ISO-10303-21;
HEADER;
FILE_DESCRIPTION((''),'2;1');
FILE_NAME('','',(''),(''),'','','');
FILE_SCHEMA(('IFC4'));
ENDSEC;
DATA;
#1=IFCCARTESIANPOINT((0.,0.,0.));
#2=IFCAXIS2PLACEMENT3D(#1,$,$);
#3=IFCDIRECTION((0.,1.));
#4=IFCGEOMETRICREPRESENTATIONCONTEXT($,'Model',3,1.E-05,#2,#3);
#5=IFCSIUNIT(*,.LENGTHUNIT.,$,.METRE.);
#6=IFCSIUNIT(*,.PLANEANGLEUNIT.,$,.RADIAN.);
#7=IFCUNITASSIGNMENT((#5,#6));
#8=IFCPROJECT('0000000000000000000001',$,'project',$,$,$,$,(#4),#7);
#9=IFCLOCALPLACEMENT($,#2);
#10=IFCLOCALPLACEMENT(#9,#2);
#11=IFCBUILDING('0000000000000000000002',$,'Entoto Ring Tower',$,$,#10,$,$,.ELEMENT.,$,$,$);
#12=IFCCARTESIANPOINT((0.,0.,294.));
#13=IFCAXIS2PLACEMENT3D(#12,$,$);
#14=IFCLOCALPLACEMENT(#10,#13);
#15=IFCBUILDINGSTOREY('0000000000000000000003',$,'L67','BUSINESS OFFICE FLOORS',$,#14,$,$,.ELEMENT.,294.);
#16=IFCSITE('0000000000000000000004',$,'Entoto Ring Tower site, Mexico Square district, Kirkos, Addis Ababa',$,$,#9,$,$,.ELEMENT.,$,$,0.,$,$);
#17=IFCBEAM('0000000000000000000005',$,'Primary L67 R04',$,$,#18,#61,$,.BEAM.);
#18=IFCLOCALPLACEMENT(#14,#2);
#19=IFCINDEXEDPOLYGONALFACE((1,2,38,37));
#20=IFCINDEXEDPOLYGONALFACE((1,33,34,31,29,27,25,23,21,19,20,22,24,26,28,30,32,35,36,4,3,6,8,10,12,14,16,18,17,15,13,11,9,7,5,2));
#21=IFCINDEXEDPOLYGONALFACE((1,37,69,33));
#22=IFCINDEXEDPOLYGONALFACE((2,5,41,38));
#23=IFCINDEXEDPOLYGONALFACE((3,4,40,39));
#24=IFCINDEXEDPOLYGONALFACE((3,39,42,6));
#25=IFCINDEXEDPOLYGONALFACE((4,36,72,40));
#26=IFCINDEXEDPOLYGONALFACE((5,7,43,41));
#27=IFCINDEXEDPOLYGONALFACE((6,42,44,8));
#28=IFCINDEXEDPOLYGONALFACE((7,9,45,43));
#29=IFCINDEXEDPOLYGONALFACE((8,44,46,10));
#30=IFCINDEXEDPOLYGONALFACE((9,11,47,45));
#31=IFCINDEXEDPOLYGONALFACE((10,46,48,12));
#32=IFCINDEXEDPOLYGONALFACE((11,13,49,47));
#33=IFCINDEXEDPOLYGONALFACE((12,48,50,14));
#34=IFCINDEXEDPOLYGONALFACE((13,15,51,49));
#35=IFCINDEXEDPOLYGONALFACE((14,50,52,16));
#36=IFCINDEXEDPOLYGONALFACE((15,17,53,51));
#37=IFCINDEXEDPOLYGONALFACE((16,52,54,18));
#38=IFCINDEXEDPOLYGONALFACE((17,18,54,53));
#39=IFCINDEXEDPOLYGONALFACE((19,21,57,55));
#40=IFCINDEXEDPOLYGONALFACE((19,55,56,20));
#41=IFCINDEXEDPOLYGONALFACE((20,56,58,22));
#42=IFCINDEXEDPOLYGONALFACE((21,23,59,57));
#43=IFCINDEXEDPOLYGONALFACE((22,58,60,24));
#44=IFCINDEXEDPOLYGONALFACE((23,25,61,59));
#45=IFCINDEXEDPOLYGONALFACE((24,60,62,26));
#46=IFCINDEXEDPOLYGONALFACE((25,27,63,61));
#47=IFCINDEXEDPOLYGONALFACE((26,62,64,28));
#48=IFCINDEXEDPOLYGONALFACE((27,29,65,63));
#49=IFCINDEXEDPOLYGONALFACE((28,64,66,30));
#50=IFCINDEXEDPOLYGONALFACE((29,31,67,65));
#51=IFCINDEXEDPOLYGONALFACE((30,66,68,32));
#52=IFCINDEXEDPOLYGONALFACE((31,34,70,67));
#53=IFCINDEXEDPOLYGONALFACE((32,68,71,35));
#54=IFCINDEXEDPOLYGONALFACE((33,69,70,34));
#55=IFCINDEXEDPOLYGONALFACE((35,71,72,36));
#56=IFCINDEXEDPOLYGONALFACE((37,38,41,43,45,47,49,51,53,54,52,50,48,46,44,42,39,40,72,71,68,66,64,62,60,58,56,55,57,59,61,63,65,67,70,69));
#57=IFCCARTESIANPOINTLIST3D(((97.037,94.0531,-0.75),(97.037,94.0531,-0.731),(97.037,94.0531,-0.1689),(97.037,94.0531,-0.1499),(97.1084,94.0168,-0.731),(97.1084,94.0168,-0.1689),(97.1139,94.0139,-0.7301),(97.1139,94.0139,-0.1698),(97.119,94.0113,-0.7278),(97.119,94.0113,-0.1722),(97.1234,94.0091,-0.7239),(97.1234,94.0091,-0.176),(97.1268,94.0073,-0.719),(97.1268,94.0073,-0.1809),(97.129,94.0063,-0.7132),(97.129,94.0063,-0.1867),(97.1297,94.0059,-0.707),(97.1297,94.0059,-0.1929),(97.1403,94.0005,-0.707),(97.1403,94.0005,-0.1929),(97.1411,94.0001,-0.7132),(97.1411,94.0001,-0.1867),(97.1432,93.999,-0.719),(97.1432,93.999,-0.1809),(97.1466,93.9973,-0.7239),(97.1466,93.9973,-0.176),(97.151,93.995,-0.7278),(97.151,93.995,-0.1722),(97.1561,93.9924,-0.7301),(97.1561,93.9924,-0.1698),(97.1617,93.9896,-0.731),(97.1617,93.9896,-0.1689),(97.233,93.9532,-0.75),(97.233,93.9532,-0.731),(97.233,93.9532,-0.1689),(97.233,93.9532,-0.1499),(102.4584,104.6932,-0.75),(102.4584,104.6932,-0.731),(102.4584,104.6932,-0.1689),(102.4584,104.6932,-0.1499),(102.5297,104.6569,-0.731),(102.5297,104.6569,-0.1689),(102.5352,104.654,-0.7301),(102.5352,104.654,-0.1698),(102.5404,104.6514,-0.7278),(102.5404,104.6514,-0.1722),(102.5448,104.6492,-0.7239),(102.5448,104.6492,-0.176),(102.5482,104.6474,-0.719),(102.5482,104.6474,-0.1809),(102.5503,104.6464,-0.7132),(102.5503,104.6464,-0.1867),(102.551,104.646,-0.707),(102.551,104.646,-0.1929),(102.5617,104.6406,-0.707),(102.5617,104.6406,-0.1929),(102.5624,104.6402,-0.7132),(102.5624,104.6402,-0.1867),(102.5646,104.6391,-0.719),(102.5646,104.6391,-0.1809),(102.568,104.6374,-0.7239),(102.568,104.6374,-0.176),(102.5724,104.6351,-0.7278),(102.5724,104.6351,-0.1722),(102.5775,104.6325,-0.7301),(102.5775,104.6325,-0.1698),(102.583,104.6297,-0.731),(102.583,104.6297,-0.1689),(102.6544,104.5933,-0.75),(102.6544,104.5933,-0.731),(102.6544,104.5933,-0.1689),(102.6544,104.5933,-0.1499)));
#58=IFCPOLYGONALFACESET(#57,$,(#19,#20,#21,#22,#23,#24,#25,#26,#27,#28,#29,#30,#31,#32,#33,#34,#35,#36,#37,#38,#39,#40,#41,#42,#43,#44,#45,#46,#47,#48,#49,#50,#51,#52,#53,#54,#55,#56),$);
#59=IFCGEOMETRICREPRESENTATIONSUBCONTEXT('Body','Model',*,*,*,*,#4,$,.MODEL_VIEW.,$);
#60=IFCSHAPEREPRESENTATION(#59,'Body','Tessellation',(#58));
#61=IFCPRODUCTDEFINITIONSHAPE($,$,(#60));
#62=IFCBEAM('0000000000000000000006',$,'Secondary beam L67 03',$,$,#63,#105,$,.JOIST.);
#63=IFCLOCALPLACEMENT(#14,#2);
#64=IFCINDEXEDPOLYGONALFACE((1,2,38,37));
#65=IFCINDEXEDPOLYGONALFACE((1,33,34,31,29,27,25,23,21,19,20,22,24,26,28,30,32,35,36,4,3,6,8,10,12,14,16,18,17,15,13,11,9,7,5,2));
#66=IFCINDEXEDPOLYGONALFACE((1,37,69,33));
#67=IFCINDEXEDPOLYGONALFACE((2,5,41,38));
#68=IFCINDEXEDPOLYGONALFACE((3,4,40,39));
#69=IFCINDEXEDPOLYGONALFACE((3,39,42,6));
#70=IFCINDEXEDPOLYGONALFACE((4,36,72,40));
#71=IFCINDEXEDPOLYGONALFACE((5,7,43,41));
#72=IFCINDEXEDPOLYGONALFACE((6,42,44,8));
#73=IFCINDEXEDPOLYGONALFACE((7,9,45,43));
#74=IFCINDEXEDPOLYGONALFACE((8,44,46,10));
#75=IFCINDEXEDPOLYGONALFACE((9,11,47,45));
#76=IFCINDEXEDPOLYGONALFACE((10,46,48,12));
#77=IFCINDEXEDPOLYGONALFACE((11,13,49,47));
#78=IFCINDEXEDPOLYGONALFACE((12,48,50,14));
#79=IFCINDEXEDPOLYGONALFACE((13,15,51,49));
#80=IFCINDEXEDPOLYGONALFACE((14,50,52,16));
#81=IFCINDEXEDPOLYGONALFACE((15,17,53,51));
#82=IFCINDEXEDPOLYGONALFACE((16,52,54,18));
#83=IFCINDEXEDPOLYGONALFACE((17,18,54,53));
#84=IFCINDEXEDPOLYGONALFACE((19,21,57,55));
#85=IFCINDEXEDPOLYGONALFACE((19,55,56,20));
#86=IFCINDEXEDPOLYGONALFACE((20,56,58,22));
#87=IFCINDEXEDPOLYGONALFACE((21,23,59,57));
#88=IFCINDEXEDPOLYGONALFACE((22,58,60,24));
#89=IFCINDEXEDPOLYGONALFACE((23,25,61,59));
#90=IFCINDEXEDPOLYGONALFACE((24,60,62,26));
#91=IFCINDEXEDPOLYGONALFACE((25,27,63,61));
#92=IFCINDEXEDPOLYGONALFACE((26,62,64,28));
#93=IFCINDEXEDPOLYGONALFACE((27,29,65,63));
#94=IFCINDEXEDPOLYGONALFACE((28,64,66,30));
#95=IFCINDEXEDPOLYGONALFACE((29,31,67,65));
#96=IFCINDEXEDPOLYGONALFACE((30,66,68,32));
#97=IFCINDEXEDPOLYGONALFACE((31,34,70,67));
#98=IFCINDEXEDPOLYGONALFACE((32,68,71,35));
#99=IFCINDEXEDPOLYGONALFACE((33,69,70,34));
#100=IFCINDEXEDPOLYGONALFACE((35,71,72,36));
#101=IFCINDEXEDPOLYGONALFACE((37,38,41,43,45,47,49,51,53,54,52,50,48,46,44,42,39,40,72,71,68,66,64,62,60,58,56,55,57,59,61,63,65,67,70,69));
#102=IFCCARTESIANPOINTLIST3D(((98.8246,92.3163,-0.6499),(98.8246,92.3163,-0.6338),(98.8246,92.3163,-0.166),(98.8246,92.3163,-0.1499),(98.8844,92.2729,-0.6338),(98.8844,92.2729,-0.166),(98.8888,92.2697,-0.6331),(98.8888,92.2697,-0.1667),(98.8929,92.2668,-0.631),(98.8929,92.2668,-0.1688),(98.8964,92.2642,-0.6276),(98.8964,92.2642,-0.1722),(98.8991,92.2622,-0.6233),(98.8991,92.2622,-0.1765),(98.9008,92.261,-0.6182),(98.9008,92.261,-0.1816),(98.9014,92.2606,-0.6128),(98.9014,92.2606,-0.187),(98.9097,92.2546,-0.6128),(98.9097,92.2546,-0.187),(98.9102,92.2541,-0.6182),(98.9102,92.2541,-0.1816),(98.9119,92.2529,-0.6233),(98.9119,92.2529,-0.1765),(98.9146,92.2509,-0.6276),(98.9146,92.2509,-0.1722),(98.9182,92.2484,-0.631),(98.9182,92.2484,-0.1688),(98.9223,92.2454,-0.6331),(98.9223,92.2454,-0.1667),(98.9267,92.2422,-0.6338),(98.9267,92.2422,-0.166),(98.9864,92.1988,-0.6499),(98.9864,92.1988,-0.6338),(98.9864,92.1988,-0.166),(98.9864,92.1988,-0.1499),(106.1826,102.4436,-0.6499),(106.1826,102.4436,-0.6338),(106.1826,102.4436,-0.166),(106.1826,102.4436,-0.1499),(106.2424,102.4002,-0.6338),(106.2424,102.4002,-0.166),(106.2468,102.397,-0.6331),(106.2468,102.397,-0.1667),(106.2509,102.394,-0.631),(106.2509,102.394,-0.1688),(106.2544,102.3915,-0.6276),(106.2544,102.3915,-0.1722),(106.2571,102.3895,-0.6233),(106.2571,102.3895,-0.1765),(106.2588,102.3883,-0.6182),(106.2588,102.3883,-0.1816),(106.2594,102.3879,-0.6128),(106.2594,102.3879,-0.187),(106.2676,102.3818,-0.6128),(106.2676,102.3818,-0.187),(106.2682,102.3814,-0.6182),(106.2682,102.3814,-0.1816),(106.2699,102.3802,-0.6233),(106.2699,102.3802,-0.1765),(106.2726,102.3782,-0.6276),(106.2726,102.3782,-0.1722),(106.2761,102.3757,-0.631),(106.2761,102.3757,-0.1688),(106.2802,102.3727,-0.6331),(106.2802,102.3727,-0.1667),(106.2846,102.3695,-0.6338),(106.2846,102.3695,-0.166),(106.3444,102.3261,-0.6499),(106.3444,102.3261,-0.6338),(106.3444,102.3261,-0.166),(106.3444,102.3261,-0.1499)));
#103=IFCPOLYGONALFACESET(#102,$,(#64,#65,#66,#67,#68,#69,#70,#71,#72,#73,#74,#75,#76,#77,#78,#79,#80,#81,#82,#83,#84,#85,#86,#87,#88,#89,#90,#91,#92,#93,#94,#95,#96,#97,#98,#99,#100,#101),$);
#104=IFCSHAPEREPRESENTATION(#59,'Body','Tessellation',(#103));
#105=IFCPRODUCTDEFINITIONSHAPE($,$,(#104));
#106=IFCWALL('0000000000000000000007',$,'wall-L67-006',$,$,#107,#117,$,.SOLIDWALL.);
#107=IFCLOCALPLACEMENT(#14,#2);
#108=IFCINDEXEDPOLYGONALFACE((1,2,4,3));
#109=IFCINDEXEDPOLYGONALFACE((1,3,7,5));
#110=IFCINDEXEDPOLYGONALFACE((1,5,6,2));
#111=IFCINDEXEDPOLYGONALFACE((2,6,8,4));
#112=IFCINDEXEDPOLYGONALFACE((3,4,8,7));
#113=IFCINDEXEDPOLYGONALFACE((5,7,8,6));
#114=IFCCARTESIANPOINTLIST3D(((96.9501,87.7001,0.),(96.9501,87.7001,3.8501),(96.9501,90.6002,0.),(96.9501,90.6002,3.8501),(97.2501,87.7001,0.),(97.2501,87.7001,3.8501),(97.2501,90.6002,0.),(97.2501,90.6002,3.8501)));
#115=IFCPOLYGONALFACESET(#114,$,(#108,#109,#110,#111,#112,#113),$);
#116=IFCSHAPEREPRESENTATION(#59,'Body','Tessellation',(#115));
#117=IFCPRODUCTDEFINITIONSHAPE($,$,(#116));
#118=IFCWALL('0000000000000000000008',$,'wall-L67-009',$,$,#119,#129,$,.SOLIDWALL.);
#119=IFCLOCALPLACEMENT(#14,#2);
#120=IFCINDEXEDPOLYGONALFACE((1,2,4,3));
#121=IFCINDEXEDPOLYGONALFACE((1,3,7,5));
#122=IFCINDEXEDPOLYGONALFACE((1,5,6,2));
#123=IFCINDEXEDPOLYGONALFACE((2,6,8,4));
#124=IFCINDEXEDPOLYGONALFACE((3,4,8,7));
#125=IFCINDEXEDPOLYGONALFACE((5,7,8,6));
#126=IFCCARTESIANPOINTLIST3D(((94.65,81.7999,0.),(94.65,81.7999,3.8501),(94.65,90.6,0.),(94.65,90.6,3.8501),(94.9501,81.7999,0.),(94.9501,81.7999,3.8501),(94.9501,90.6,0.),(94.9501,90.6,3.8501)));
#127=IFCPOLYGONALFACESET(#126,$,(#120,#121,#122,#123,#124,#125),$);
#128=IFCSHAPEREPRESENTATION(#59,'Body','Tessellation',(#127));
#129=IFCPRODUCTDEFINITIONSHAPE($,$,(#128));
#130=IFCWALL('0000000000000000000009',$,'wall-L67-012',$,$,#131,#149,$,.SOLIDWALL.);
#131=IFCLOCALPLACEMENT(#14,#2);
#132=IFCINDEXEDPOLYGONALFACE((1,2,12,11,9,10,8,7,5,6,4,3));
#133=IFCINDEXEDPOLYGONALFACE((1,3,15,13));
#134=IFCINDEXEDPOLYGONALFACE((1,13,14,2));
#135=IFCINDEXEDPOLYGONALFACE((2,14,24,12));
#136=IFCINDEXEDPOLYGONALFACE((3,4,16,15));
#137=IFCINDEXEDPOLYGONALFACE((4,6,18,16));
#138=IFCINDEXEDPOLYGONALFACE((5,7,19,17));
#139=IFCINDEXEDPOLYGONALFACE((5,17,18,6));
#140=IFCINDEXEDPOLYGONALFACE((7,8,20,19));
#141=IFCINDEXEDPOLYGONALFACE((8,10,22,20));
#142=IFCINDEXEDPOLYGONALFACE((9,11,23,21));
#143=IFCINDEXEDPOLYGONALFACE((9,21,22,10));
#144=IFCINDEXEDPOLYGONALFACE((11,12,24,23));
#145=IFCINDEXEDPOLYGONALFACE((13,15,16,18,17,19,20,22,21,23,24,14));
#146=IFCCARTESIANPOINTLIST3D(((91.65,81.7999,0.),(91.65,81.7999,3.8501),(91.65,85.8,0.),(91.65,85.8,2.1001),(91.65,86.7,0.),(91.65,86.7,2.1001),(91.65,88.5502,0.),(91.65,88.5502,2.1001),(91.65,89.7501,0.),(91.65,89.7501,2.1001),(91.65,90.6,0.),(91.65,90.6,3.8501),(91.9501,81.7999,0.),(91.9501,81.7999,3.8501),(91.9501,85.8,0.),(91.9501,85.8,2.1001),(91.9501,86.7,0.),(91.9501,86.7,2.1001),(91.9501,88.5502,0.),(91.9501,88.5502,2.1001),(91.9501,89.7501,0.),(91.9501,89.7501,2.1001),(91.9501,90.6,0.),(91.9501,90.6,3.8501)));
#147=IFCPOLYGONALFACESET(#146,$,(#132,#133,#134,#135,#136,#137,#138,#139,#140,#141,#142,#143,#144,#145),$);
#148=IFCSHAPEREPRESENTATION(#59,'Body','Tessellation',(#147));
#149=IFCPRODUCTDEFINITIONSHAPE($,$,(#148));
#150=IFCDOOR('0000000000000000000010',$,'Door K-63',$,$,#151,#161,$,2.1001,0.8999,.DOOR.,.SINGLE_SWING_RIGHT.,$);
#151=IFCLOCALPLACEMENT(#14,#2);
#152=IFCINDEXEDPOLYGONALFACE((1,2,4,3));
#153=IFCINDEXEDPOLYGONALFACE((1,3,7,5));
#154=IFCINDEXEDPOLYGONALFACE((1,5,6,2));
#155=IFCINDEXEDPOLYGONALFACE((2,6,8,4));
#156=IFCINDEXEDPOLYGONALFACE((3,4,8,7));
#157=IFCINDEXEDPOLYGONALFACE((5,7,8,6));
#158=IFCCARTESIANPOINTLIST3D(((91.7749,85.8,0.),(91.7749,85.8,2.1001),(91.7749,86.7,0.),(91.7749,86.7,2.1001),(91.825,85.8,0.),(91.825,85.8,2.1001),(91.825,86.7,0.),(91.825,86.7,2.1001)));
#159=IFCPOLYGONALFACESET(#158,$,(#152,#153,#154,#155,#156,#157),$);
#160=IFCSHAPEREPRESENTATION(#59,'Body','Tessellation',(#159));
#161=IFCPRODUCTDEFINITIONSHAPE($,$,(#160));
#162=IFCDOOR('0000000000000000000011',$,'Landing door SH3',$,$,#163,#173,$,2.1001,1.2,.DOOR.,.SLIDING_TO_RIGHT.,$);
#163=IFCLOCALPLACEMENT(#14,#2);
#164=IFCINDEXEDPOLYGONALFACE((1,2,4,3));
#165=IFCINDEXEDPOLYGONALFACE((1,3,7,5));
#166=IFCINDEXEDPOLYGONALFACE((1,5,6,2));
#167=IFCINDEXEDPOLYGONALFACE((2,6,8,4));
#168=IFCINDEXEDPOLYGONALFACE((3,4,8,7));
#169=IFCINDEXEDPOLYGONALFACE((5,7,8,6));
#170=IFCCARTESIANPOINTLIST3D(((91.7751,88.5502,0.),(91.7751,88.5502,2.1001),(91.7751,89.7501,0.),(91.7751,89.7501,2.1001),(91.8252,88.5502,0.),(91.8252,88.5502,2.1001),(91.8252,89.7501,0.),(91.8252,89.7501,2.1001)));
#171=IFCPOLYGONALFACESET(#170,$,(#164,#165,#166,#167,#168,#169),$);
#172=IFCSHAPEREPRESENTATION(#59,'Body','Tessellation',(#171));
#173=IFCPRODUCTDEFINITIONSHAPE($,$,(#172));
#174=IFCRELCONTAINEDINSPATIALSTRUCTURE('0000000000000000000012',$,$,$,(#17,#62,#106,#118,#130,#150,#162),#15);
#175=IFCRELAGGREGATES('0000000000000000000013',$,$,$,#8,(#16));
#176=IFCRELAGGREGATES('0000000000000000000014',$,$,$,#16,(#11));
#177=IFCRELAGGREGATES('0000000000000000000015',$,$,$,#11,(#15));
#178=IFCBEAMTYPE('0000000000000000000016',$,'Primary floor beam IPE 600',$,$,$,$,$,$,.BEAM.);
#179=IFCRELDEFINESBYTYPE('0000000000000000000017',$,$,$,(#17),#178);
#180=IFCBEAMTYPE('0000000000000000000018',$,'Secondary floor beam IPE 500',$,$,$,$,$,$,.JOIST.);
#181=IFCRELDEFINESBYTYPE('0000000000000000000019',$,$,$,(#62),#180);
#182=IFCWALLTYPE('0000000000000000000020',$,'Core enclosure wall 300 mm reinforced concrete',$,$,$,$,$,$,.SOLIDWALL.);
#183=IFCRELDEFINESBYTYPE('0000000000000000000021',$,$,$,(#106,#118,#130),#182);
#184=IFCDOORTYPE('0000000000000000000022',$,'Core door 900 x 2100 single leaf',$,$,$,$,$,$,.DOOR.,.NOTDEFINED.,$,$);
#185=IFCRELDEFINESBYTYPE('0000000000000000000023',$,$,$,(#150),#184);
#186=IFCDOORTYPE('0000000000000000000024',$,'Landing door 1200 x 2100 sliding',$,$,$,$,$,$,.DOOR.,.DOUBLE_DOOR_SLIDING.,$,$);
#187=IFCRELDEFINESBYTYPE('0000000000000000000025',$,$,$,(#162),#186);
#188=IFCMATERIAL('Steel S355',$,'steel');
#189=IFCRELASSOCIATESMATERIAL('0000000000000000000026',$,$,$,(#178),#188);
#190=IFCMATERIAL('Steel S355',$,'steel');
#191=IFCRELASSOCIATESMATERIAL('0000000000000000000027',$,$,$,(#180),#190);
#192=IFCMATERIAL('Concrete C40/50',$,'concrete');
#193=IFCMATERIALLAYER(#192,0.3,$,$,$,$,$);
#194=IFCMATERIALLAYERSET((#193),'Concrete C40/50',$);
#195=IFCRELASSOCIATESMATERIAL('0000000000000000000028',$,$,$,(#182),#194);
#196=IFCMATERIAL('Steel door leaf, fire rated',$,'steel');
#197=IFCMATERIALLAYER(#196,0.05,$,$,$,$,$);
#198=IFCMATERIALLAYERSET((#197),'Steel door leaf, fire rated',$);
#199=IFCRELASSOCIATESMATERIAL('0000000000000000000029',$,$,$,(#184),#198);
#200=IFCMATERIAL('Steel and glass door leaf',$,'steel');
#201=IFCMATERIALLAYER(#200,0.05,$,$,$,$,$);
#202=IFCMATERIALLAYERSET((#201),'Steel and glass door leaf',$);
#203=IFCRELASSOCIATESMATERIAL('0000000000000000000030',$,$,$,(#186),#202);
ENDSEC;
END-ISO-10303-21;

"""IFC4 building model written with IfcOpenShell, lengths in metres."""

from ifc_helpers import new_model, si_unit, direction, frame, frame_2d, origin, origin_2d, place, context, subcontext, project, spatial, rectangle, i_section, extrude, material, layer, layer_set, material_profile, profile_set, type_object, element, fill, save


model = new_model("IFC4")

# Units and contexts
model_context = context("Model", 3, precision=1e-05, world=origin(), true_north=direction((0.0, 1.0)))
body_context = subcontext(model_context, "Body", "Model", "MODEL_VIEW")
ifc_project = project(units=[si_unit("LENGTHUNIT", "METRE"), si_unit("PLANEANGLEUNIT", "RADIAN")], contexts=[model_context])

# Site, building, storey
site_placement = place(None, origin())
site = spatial("IfcSite", under=ifc_project, at=site_placement, Name="Entoto Ring Tower site, Mexico Square district, Kirkos, Addis Ababa", CompositionType="ELEMENT", RefElevation=0.0)
building_placement = place(site_placement, origin())
building = spatial("IfcBuilding", under=site, at=building_placement, Name="Entoto Ring Tower", CompositionType="ELEMENT")
storey_placement = place(building_placement, frame((0.0, 0.0, 294.0)))
storey = spatial("IfcBuildingStorey", under=building, at=storey_placement, Name="L67", Description="BUSINESS OFFICE FLOORS", CompositionType="ELEMENT", Elevation=294.0)

# Beams
ifc_material_1 = material(Name="Steel S355", Category="steel")
ifc_material_profile_1 = material_profile(ifc_material_1, i_section(OverallWidth=0.22, OverallDepth=0.6001, WebThickness=0.012, FlangeThickness=0.019, FilletRadius=0.0239, at=origin_2d()), Name="IPE 600")
ifc_profile_set_1 = profile_set([ifc_material_profile_1], Name="Steel S355")
beam_type_1 = type_object("IfcBeamType", Name="Primary floor beam IPE 600", PredefinedType="BEAM", material=ifc_profile_set_1)
beam_1_placement = place(storey_placement, frame((97.135, 94.0032, -0.45), z_axis=(0.453988, 0.891008, 0.0), x_axis=(-0.891008, 0.453988, 0.0)))
element("IfcBeam", 1, at=beam_1_placement, inside=storey, type_object=beam_type_1, Name="Primary L67 R04", PredefinedType="BEAM", context=body_context, shape_type="SweptSolid", body=[
    extrude(i_section(OverallWidth=0.22, OverallDepth=0.6001, WebThickness=0.012, FlangeThickness=0.019, FilletRadius=0.0239, at=origin_2d()), origin(), (0.0, 0.0, 1.0), 11.9417),
])
ifc_material_2 = material(Name="Steel S355", Category="steel")
ifc_material_profile_2 = material_profile(ifc_material_2, i_section(OverallWidth=0.2, OverallDepth=0.5, WebThickness=0.0103, FlangeThickness=0.0161, FilletRadius=0.021, at=origin_2d()), Name="IPE 500")
ifc_profile_set_2 = profile_set([ifc_material_profile_2], Name="Steel S355")
beam_type_2 = type_object("IfcBeamType", Name="Secondary floor beam IPE 500", PredefinedType="JOIST", material=ifc_profile_set_2)
beam_2_placement = place(storey_placement, frame((98.9055, 92.2576, -0.3999), z_axis=(0.587789, 0.809014, 0.0), x_axis=(-0.809014, 0.587789, 0.0)))
element("IfcBeam", 2, at=beam_2_placement, inside=storey, type_object=beam_type_2, Name="Secondary beam L67 03", PredefinedType="JOIST", context=body_context, shape_type="SweptSolid", body=[
    extrude(i_section(OverallWidth=0.2, OverallDepth=0.5, WebThickness=0.0103, FlangeThickness=0.0161, FilletRadius=0.021, at=origin_2d()), origin(), (0.0, 0.0, 1.0), 12.5181),
])

# Walls
ifc_material_3 = material(Name="Concrete C40/50", Category="concrete")
ifc_layer_1 = layer(ifc_material_3, 0.3)
ifc_layer_set_1 = layer_set([ifc_layer_1], Name="Concrete C40/50")
wall_type_1 = type_object("IfcWallType", Name="Core enclosure wall 300 mm reinforced concrete", PredefinedType="SOLIDWALL", material=ifc_layer_set_1)
wall_1_placement = place(storey_placement, frame((97.1001, 87.7, 0.0), z_axis=(0.0, 0.0, 1.0), x_axis=(0.0, 1.0, 0.0)))
element("IfcWall", 3, at=wall_1_placement, inside=storey, type_object=wall_type_1, Name="wall-L67-006", PredefinedType="SOLIDWALL", context=body_context, shape_type="SweptSolid", body=[
    extrude(rectangle(XDim=2.9001, YDim=0.3, at=frame_2d((1.4502, 0.0))), origin(), (0.0, 0.0, 1.0), 3.8501),
])
wall_2_placement = place(storey_placement, frame((94.8, 81.8, 0.0), z_axis=(0.0, 0.0, 1.0), x_axis=(0.0, 1.0, 0.0)))
element("IfcWall", 4, at=wall_2_placement, inside=storey, type_object=wall_type_1, Name="wall-L67-009", PredefinedType="SOLIDWALL", context=body_context, shape_type="SweptSolid", body=[
    extrude(rectangle(XDim=8.8, YDim=0.3, at=frame_2d((4.3999, 0.0))), origin(), (0.0, 0.0, 1.0), 3.8501),
])

# Wall, openings, doors
wall_3_placement = place(storey_placement, frame((91.8, 81.8, 0.0), z_axis=(0.0, 0.0, 1.0), x_axis=(0.0, 1.0, 0.0)))
wall_3 = element("IfcWall", 5, at=wall_3_placement, inside=storey, type_object=wall_type_1, Name="wall-L67-012", PredefinedType="SOLIDWALL", context=body_context, shape_type="SweptSolid", body=[
    extrude(rectangle(XDim=8.8, YDim=0.3, at=frame_2d((4.3999, 0.0))), origin(), (0.0, 0.0, 1.0), 3.8501),
])
opening_1_placement = place(wall_3_placement, frame((6.75, 0.0, 0.0)))
opening_1 = element("IfcOpeningElement", 6, at=opening_1_placement, cuts=wall_3, PredefinedType="OPENING", context=body_context, shape_type="SweptSolid", body=[
    extrude(rectangle(XDim=1.2, YDim=2.1001, at=frame_2d((0.6001, 1.05))), frame((0.0, 0.1602, 0.0), z_axis=(0.0, -1.0, 0.0), x_axis=(1.0, 0.0, 0.0)), (0.0, 0.0, 1.0), 0.3201),
])
opening_2_placement = place(wall_3_placement, frame((4.0, 0.0, 0.0)))
opening_2 = element("IfcOpeningElement", 7, at=opening_2_placement, cuts=wall_3, PredefinedType="OPENING", context=body_context, shape_type="SweptSolid", body=[
    extrude(rectangle(XDim=0.8999, YDim=2.1001, at=frame_2d((0.45, 1.05))), frame((0.0, 0.1602, 0.0), z_axis=(0.0, -1.0, 0.0), x_axis=(1.0, 0.0, 0.0)), (0.0, 0.0, 1.0), 0.3201),
])
ifc_material_4 = material(Name="Steel door leaf, fire rated", Category="steel")
ifc_layer_2 = layer(ifc_material_4, 0.05)
ifc_layer_set_2 = layer_set([ifc_layer_2], Name="Steel door leaf, fire rated")
door_type_1 = type_object("IfcDoorType", Name="Core door 900 x 2100 single leaf", OperationType="NOTDEFINED", PredefinedType="DOOR", material=ifc_layer_set_2)
door_1_placement = place(opening_2_placement, frame((0.8999, 0.0, 0.0), z_axis=(0.0, 0.0, 1.0), x_axis=(-1.0, 0.0, 0.0)))
door_1 = element("IfcDoor", 8, at=door_1_placement, inside=storey, type_object=door_type_1, Name="Door K-63", OperationType="SINGLE_SWING_RIGHT", OverallHeight=2.1001, OverallWidth=0.8999, PredefinedType="DOOR", context=body_context, shape_type="SweptSolid", body=[
    extrude(rectangle(XDim=0.8999, YDim=2.1001, at=frame_2d((0.45, 1.05))), frame((0.0, 0.0249, 0.0), z_axis=(0.0, -1.0, 0.0), x_axis=(1.0, 0.0, 0.0)), (0.0, 0.0, 1.0), 0.05),
])
fill(opening_2, door_1)
ifc_material_5 = material(Name="Steel and glass door leaf", Category="steel")
ifc_layer_3 = layer(ifc_material_5, 0.05)
ifc_layer_set_3 = layer_set([ifc_layer_3], Name="Steel and glass door leaf")
door_type_2 = type_object("IfcDoorType", Name="Landing door 1200 x 2100 sliding", OperationType="DOUBLE_DOOR_SLIDING", PredefinedType="DOOR", material=ifc_layer_set_3)
door_2_placement = place(opening_1_placement, origin())
door_2 = element("IfcDoor", 9, at=door_2_placement, inside=storey, type_object=door_type_2, Name="Landing door SH3", OperationType="SLIDING_TO_RIGHT", OverallHeight=2.1001, OverallWidth=1.2, PredefinedType="DOOR", context=body_context, shape_type="SweptSolid", body=[
    extrude(rectangle(XDim=1.2, YDim=2.1001, at=frame_2d((0.6001, 1.05))), frame((0.0, 0.0249, 0.0), z_axis=(0.0, -1.0, 0.0), x_axis=(1.0, 0.0, 0.0)), (0.0, 0.0, 1.0), 0.05),
])
fill(opening_1, door_2)

save(model, "model.ifc")
